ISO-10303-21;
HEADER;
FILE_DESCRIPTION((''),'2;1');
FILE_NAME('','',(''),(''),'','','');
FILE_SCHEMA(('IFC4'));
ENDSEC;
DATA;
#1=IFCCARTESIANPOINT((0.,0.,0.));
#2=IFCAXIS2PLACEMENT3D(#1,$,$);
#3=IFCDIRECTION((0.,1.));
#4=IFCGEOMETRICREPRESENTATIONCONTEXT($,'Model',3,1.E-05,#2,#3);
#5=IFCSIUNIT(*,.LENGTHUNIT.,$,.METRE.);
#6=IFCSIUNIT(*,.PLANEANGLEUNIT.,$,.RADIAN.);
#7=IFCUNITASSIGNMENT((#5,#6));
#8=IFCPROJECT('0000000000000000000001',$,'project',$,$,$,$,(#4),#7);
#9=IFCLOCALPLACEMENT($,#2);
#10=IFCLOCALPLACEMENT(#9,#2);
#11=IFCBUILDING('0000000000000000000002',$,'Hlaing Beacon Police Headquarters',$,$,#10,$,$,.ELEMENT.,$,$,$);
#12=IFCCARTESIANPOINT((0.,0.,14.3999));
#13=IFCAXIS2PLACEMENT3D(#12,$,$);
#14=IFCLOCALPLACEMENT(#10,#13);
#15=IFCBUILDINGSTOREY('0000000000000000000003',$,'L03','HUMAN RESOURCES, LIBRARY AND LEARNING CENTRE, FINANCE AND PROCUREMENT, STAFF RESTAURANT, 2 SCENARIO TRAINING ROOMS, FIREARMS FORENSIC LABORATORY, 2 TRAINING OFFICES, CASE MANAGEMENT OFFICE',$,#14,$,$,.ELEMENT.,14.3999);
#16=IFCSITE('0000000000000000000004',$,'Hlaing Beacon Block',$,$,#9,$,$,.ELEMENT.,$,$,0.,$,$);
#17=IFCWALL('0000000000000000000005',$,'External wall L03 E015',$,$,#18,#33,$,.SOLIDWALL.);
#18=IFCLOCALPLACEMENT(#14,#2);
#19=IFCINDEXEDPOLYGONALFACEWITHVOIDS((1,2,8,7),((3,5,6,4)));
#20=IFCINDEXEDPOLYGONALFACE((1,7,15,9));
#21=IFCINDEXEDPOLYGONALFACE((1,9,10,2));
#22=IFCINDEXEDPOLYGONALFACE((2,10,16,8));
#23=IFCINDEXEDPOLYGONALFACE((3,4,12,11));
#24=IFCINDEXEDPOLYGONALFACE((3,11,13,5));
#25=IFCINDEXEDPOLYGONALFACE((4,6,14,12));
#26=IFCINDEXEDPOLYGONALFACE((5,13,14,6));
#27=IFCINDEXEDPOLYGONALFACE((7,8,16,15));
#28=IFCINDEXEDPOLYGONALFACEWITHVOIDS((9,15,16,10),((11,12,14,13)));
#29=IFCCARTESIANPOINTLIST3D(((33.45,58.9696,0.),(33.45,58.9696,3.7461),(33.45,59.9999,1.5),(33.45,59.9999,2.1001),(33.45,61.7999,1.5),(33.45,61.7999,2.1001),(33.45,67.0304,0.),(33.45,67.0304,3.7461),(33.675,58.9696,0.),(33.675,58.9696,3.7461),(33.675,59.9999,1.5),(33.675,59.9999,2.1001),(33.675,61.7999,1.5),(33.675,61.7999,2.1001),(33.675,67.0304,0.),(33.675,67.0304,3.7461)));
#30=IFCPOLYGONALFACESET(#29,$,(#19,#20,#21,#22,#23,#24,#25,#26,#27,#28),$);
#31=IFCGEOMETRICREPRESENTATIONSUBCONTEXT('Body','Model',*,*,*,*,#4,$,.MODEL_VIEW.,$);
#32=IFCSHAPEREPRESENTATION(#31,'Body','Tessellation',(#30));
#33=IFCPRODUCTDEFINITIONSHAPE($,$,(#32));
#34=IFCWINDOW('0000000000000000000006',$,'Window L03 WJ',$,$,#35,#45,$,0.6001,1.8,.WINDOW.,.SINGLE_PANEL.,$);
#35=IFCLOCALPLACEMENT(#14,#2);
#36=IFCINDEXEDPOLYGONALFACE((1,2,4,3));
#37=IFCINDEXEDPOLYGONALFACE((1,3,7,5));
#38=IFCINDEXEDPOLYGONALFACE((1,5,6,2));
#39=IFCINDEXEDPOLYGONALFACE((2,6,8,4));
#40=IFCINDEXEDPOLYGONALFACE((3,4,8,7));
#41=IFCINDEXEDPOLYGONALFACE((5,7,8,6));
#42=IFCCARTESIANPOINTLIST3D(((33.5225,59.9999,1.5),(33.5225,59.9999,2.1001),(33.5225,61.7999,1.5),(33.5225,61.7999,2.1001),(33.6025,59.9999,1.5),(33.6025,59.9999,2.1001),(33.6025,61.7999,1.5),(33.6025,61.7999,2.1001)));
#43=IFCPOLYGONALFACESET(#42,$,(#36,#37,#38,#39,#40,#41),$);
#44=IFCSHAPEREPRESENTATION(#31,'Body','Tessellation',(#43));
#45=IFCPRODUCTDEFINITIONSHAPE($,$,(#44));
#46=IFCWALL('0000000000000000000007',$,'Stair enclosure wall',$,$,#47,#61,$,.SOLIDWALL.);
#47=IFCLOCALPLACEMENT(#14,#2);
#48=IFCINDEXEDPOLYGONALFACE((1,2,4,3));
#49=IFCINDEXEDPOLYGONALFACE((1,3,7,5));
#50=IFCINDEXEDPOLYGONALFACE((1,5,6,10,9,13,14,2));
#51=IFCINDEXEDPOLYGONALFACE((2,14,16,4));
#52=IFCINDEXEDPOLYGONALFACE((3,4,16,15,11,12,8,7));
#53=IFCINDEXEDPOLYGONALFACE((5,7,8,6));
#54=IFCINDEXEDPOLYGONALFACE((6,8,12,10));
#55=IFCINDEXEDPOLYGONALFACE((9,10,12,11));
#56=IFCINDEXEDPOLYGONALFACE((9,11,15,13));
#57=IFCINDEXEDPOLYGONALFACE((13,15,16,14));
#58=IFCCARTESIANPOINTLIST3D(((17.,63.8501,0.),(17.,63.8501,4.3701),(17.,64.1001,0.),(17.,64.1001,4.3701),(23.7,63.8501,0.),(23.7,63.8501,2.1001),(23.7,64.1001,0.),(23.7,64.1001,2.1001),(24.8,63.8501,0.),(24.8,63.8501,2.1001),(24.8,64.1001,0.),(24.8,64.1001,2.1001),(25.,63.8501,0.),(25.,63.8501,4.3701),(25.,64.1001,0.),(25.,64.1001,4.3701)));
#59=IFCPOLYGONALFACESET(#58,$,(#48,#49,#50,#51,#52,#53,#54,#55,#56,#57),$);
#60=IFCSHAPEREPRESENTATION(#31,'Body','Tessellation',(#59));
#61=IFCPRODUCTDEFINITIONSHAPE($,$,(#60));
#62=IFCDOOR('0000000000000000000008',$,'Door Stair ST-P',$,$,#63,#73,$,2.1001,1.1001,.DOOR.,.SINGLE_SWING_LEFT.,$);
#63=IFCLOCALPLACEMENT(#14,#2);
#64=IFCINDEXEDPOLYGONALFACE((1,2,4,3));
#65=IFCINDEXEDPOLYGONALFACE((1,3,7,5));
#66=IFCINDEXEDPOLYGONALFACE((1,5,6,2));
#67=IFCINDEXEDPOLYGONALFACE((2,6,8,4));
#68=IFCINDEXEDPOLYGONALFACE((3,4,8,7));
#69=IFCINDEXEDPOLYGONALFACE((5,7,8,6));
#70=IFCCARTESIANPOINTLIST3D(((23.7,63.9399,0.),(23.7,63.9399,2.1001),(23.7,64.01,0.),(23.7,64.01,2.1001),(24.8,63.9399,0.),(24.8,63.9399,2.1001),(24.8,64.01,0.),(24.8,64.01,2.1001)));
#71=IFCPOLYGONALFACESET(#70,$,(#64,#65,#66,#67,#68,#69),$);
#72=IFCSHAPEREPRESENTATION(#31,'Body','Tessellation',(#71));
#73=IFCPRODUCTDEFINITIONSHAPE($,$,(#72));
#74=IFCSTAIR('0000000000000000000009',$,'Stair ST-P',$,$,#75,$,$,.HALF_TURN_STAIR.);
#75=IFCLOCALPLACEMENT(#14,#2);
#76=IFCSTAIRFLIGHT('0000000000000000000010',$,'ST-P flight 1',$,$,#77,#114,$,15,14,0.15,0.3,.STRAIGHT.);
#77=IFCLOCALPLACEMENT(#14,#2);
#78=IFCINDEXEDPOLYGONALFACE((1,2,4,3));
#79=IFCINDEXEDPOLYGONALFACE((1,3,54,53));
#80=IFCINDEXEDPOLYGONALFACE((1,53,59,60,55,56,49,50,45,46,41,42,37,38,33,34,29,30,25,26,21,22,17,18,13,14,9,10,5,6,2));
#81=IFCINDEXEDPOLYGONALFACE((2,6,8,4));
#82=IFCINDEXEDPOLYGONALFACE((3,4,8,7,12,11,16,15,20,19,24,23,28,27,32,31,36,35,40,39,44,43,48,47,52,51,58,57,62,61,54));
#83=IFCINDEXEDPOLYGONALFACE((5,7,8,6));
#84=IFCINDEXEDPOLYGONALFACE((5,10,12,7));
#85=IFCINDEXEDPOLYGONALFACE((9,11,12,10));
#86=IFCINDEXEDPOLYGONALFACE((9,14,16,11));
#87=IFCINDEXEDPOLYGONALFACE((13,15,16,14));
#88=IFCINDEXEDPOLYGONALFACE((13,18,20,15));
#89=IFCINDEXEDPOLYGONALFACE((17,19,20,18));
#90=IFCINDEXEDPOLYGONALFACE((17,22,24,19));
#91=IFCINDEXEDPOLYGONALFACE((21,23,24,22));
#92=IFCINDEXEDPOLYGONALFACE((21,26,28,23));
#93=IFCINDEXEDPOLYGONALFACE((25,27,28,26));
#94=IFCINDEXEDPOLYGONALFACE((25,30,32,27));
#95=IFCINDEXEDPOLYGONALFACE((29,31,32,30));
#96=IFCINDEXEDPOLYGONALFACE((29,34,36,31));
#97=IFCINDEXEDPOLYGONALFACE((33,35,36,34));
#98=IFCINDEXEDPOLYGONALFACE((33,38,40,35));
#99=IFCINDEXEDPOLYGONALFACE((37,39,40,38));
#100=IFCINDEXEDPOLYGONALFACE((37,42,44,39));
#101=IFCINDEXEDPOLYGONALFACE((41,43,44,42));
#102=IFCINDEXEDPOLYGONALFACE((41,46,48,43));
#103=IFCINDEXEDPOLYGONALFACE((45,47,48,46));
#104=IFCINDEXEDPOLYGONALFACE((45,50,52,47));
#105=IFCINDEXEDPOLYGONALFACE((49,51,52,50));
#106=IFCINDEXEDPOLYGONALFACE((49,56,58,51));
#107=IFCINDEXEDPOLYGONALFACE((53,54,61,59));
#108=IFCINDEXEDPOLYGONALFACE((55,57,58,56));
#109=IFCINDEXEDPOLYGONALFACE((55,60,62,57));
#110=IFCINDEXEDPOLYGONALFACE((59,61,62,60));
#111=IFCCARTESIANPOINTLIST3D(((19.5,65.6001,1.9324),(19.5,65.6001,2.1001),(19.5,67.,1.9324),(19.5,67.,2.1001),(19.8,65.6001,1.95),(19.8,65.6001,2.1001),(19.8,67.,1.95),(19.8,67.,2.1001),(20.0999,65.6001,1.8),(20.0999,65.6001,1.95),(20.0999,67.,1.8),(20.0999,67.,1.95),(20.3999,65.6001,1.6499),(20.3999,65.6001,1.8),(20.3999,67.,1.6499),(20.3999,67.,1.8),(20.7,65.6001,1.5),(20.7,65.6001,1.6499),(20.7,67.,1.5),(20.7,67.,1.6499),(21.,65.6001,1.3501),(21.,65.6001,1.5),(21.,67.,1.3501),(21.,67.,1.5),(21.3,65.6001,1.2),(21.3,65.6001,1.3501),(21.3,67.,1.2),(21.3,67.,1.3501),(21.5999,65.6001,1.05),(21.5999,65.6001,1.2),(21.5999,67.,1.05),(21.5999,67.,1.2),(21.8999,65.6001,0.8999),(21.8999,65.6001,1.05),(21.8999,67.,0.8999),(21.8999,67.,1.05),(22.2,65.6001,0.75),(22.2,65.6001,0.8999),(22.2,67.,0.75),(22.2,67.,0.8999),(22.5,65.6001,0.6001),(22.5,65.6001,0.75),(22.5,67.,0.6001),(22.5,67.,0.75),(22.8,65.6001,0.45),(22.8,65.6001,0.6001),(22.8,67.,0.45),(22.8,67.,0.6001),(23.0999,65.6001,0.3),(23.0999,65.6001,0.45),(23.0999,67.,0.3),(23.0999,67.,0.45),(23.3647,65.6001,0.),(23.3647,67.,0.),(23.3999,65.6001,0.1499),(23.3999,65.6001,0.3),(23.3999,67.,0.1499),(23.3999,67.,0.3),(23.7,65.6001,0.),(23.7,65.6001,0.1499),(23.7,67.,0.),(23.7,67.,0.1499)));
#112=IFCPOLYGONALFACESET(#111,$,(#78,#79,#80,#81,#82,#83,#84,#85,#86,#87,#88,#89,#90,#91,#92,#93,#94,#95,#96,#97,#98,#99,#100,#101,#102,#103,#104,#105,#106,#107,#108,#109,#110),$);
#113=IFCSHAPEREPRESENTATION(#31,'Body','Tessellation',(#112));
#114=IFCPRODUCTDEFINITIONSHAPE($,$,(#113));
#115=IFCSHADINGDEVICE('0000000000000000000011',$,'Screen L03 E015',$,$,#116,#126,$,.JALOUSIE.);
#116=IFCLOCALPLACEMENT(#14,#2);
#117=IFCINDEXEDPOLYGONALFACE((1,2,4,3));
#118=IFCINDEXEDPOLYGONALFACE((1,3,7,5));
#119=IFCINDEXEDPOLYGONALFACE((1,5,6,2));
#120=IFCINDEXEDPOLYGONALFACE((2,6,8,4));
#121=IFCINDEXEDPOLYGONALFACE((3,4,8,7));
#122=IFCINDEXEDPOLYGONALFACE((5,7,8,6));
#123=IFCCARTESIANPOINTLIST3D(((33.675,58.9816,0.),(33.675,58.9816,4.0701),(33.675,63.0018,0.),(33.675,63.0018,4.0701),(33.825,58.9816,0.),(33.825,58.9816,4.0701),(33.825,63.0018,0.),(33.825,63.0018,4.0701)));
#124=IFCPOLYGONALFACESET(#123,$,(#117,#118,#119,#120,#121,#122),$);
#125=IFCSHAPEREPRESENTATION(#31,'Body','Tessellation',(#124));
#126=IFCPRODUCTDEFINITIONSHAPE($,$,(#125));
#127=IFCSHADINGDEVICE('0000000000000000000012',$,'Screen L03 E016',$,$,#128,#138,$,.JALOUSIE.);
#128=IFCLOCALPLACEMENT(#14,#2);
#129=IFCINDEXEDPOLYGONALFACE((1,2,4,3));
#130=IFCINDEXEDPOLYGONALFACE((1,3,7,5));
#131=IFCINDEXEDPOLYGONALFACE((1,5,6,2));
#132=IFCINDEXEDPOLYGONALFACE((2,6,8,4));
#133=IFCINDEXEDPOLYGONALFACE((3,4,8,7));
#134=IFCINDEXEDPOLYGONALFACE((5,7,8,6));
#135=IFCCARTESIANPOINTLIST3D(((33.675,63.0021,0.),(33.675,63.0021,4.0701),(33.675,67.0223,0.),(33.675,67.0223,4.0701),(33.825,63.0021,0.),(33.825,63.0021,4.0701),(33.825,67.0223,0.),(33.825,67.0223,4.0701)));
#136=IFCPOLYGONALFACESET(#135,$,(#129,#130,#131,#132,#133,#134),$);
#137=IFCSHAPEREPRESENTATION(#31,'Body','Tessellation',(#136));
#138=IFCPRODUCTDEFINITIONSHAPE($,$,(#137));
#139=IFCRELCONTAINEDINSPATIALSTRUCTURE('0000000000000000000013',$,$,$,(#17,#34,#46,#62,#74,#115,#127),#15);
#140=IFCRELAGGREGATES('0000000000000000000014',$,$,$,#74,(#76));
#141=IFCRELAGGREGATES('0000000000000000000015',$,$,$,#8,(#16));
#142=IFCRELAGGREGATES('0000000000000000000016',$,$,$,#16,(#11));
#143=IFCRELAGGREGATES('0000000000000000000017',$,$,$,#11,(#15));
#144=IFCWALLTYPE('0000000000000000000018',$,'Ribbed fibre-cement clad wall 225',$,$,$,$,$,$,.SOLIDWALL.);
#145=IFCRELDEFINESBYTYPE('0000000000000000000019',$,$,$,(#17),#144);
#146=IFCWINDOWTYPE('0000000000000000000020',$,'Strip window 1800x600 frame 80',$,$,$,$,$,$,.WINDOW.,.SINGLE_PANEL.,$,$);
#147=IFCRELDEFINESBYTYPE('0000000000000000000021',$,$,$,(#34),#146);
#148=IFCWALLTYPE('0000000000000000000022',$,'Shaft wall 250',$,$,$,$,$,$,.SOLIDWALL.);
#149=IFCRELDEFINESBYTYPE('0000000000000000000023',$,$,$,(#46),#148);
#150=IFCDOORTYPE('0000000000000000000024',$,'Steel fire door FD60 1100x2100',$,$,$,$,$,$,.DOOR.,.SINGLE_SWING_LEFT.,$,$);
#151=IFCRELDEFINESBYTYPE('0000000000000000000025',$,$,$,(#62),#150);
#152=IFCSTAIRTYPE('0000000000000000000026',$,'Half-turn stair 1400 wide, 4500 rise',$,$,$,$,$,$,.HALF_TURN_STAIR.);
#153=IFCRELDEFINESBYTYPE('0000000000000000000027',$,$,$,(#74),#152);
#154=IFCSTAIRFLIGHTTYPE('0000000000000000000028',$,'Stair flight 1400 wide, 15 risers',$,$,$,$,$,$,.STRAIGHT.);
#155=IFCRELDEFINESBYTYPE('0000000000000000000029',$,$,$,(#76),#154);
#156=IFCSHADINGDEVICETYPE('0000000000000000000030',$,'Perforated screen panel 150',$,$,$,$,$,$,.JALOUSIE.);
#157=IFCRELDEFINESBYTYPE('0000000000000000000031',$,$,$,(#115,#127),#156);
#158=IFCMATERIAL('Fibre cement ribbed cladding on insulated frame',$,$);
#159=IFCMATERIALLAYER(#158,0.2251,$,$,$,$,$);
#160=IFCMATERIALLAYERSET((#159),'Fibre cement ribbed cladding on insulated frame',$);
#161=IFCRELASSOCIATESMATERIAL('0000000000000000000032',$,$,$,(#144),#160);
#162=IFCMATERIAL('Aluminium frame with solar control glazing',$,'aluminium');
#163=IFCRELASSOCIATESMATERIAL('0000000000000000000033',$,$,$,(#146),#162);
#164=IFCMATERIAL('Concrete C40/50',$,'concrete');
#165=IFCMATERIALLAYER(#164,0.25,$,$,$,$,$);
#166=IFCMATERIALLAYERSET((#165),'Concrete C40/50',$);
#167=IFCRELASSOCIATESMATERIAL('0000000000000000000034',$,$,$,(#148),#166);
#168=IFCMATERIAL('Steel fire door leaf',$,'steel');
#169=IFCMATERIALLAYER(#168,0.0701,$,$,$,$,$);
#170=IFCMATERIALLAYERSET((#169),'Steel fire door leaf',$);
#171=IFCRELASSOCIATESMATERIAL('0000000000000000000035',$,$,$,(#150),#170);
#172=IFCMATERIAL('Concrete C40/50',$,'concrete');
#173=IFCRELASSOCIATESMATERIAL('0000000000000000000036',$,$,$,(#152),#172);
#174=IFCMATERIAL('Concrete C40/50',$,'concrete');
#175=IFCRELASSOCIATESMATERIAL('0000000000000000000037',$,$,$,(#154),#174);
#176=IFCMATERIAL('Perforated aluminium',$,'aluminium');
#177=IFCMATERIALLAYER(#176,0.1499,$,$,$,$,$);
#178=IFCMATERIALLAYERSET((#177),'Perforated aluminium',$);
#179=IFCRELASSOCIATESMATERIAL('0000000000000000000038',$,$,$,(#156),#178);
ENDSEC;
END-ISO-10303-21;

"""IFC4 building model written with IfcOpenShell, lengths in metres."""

from ifc_helpers import new_model, si_unit, direction, frame, frame_2d, origin, origin_2d, place, context, subcontext, project, spatial, polyline, rectangle, outline, extrude, material, layer, layer_set, type_object, element, fill, aggregate, save


model = new_model("IFC4")

# Units and contexts
model_context = context("Model", 3, precision=1e-05, world=origin(), true_north=direction((0.0, 1.0)))
body_context = subcontext(model_context, "Body", "Model", "MODEL_VIEW")
ifc_project = project(units=[si_unit("LENGTHUNIT", "METRE"), si_unit("PLANEANGLEUNIT", "RADIAN")], contexts=[model_context])

# Site, building, storey
site_placement = place(None, origin())
site = spatial("IfcSite", under=ifc_project, at=site_placement, Name="Hlaing Beacon Block", CompositionType="ELEMENT", RefElevation=0.0)
building_placement = place(site_placement, origin())
building = spatial("IfcBuilding", under=site, at=building_placement, Name="Hlaing Beacon Police Headquarters", CompositionType="ELEMENT")
storey_placement = place(building_placement, frame((0.0, 0.0, 14.3999)))
storey = spatial("IfcBuildingStorey", under=building, at=storey_placement, Name="L03", Description="HUMAN RESOURCES, LIBRARY AND LEARNING CENTRE, FINANCE AND PROCUREMENT, STAFF RESTAURANT, 2 SCENARIO TRAINING ROOMS, FIREARMS FORENSIC LABORATORY, 2 TRAINING OFFICES, CASE MANAGEMENT OFFICE", CompositionType="ELEMENT", Elevation=14.3999)

# Wall, opening, window
ifc_material_1 = material(Name="Fibre cement ribbed cladding on insulated frame")
ifc_layer_1 = layer(ifc_material_1, 0.2251)
ifc_layer_set_1 = layer_set([ifc_layer_1], Name="Fibre cement ribbed cladding on insulated frame")
wall_type_1 = type_object("IfcWallType", Name="Ribbed fibre-cement clad wall 225", PredefinedType="SOLIDWALL", material=ifc_layer_set_1)
wall_1_placement = place(storey_placement, frame((33.5625, 58.9697, 0.0), z_axis=(0.0, 0.0, 1.0), x_axis=(0.0, 1.0, 0.0)))
wall_1 = element("IfcWall", 1, at=wall_1_placement, inside=storey, type_object=wall_type_1, Name="External wall L03 E015", PredefinedType="SOLIDWALL", context=body_context, shape_type="SweptSolid", body=[
    extrude(rectangle(XDim=8.0608, YDim=0.2251, at=frame_2d((4.0303, 0.0))), origin(), (0.0, 0.0, 1.0), 3.7461),
])
opening_1_placement = place(wall_1_placement, frame((1.0303, 0.0, 1.5)))
opening_1 = element("IfcOpeningElement", 2, at=opening_1_placement, cuts=wall_1, PredefinedType="OPENING", context=body_context, shape_type="SweptSolid", body=[
    extrude(rectangle(XDim=1.8, YDim=0.6001, at=frame_2d((0.8999, 0.3))), frame((0.0, 0.1226, 0.0), z_axis=(0.0, -1.0, 0.0), x_axis=(1.0, 0.0, 0.0)), (0.0, 0.0, 1.0), 0.2451),
])
ifc_material_2 = material(Name="Aluminium frame with solar control glazing", Category="aluminium")
window_type = type_object("IfcWindowType", Name="Strip window 1800x600 frame 80", PartitioningType="SINGLE_PANEL", PredefinedType="WINDOW", material=ifc_material_2)
window_placement = place(opening_1_placement, origin())
window = element("IfcWindow", 3, at=window_placement, inside=storey, type_object=window_type, Name="Window L03 WJ", OverallHeight=0.6001, OverallWidth=1.8, PartitioningType="SINGLE_PANEL", PredefinedType="WINDOW", context=body_context, shape_type="SweptSolid", body=[
    extrude(rectangle(XDim=1.8, YDim=0.6001, at=frame_2d((0.8999, 0.3))), frame((0.0, 0.04, 0.0), z_axis=(0.0, -1.0, 0.0), x_axis=(1.0, 0.0, 0.0)), (0.0, 0.0, 1.0), 0.0801),
])
fill(opening_1, window)

# Wall, opening, door
ifc_material_3 = material(Name="Concrete C40/50", Category="concrete")
ifc_layer_2 = layer(ifc_material_3, 0.25)
ifc_layer_set_2 = layer_set([ifc_layer_2], Name="Concrete C40/50")
wall_type_2 = type_object("IfcWallType", Name="Shaft wall 250", PredefinedType="SOLIDWALL", material=ifc_layer_set_2)
wall_2_placement = place(storey_placement, frame((25.0, 63.9751, 0.0), z_axis=(0.0, 0.0, 1.0), x_axis=(-1.0, 0.0, 0.0)))
wall_2 = element("IfcWall", 4, at=wall_2_placement, inside=storey, type_object=wall_type_2, Name="Stair enclosure wall", PredefinedType="SOLIDWALL", context=body_context, shape_type="SweptSolid", body=[
    extrude(rectangle(XDim=8.0, YDim=0.25, at=frame_2d((4.0, 0.0))), origin(), (0.0, 0.0, 1.0), 4.3701),
])
opening_2_placement = place(wall_2_placement, frame((0.2, 0.0, 0.0)))
opening_2 = element("IfcOpeningElement", 5, at=opening_2_placement, cuts=wall_2, PredefinedType="OPENING", context=body_context, shape_type="SweptSolid", body=[
    extrude(rectangle(XDim=1.1001, YDim=2.1001, at=frame_2d((0.55, 1.05))), frame((0.0, 0.135, 0.0), z_axis=(0.0, -1.0, 0.0), x_axis=(1.0, 0.0, 0.0)), (0.0, 0.0, 1.0), 0.27),
])
ifc_material_4 = material(Name="Steel fire door leaf", Category="steel")
ifc_layer_3 = layer(ifc_material_4, 0.0701)
ifc_layer_set_3 = layer_set([ifc_layer_3], Name="Steel fire door leaf")
door_type_1 = type_object("IfcDoorType", Name="Steel fire door FD60 1100x2100", OperationType="SINGLE_SWING_LEFT", PredefinedType="DOOR", material=ifc_layer_set_3)
door_1_placement = place(opening_2_placement, frame((1.1001, 0.0, 0.0), z_axis=(0.0, 0.0, 1.0), x_axis=(-1.0, 0.0, 0.0)))
door_1 = element("IfcDoor", 6, at=door_1_placement, inside=storey, type_object=door_type_1, Name="Door Stair ST-P", OperationType="SINGLE_SWING_LEFT", OverallHeight=2.1001, OverallWidth=1.1001, PredefinedType="DOOR", context=body_context, shape_type="SweptSolid", body=[
    extrude(rectangle(XDim=1.1001, YDim=2.1001, at=frame_2d((0.55, 1.05))), frame((0.0, 0.0349, 0.0), z_axis=(0.0, -1.0, 0.0), x_axis=(1.0, 0.0, 0.0)), (0.0, 0.0, 1.0), 0.0701),
])
fill(opening_2, door_1)

# Stair, stair flight
ifc_material_5 = material(Name="Concrete C40/50", Category="concrete")
stair_type = type_object("IfcStairType", Name="Half-turn stair 1400 wide, 4500 rise", PredefinedType="HALF_TURN_STAIR", material=ifc_material_5)
stair_placement = place(storey_placement, origin())
stair = element("IfcStair", 7, at=stair_placement, inside=storey, type_object=stair_type, Name="Stair ST-P", PredefinedType="HALF_TURN_STAIR")
ifc_material_6 = material(Name="Concrete C40/50", Category="concrete")
stair_flight_type = type_object("IfcStairFlightType", Name="Stair flight 1400 wide, 15 risers", PredefinedType="STRAIGHT", material=ifc_material_6)
stair_flight_placement = place(storey_placement, frame((23.7, 66.3, 0.0), z_axis=(0.0, 0.0, 1.0), x_axis=(-1.0, 0.0, 0.0)))
stair_flight = element("IfcStairFlight", 8, at=stair_flight_placement, type_object=stair_flight_type, Name="ST-P flight 1", NumberOfRisers=15, NumberOfTreads=14, PredefinedType="STRAIGHT", RiserHeight=0.15, TreadLength=0.3, context=body_context, shape_type="SweptSolid", body=[
    extrude(outline(polyline([(0.0, 0.0), (0.0, 0.1499), (0.3, 0.1499), (0.3, 0.3), (0.6001, 0.3), (0.6001, 0.45), (0.8999, 0.45), (0.8999, 0.6001), (1.2, 0.6001), (1.2, 0.75), (1.5, 0.75), (1.5, 0.8999), (1.8, 0.8999), (1.8, 1.05), (2.1001, 1.05), (2.1001, 1.2), (2.3999, 1.2), (2.3999, 1.3501), (2.7, 1.3501), (2.7, 1.5), (3.0, 1.5), (3.0, 1.6499), (3.3, 1.6499), (3.3, 1.8), (3.6001, 1.8), (3.6001, 1.95), (3.8999, 1.95), (3.8999, 2.1001), (4.2, 2.1001), (4.2, 2.25), (4.2, 1.9324), (0.3352, 0.0), (0.0, 0.0)])), frame((0.0, 0.7, 0.0), z_axis=(0.0, -1.0, 0.0), x_axis=(1.0, 0.0, 0.0)), (0.0, 0.0, 1.0), 1.3999),
])
aggregate(stair, [stair_flight])

# Shading devices
ifc_material_7 = material(Name="Perforated aluminium", Category="aluminium")
ifc_layer_4 = layer(ifc_material_7, 0.1499)
ifc_layer_set_4 = layer_set([ifc_layer_4], Name="Perforated aluminium")
shading_device_type = type_object("IfcShadingDeviceType", Name="Perforated screen panel 150", PredefinedType="JALOUSIE", material=ifc_layer_set_4)
for number, where, z_axis, x_axis, name in (
    (9, (33.75, 60.9917, 0.0), (0.0, 0.0, 1.0), (0.0, 1.0, 0.0), "Screen L03 E015"),
    (10, (33.75, 65.0122, 0.0), (0.0, 0.0, 1.0), (0.0, 1.0, 0.0), "Screen L03 E016"),
):
    element("IfcShadingDevice", number, at=place(storey_placement, frame(where, z_axis=z_axis, x_axis=x_axis)), inside=storey, type_object=shading_device_type, Name=name, PredefinedType="JALOUSIE", context=body_context, shape_type="SweptSolid", body=[
        extrude(rectangle(XDim=4.0203, YDim=0.1499, at=origin_2d()), origin(), (0.0, 0.0, 1.0), 4.0701),
    ])

save(model, "model.ifc")
